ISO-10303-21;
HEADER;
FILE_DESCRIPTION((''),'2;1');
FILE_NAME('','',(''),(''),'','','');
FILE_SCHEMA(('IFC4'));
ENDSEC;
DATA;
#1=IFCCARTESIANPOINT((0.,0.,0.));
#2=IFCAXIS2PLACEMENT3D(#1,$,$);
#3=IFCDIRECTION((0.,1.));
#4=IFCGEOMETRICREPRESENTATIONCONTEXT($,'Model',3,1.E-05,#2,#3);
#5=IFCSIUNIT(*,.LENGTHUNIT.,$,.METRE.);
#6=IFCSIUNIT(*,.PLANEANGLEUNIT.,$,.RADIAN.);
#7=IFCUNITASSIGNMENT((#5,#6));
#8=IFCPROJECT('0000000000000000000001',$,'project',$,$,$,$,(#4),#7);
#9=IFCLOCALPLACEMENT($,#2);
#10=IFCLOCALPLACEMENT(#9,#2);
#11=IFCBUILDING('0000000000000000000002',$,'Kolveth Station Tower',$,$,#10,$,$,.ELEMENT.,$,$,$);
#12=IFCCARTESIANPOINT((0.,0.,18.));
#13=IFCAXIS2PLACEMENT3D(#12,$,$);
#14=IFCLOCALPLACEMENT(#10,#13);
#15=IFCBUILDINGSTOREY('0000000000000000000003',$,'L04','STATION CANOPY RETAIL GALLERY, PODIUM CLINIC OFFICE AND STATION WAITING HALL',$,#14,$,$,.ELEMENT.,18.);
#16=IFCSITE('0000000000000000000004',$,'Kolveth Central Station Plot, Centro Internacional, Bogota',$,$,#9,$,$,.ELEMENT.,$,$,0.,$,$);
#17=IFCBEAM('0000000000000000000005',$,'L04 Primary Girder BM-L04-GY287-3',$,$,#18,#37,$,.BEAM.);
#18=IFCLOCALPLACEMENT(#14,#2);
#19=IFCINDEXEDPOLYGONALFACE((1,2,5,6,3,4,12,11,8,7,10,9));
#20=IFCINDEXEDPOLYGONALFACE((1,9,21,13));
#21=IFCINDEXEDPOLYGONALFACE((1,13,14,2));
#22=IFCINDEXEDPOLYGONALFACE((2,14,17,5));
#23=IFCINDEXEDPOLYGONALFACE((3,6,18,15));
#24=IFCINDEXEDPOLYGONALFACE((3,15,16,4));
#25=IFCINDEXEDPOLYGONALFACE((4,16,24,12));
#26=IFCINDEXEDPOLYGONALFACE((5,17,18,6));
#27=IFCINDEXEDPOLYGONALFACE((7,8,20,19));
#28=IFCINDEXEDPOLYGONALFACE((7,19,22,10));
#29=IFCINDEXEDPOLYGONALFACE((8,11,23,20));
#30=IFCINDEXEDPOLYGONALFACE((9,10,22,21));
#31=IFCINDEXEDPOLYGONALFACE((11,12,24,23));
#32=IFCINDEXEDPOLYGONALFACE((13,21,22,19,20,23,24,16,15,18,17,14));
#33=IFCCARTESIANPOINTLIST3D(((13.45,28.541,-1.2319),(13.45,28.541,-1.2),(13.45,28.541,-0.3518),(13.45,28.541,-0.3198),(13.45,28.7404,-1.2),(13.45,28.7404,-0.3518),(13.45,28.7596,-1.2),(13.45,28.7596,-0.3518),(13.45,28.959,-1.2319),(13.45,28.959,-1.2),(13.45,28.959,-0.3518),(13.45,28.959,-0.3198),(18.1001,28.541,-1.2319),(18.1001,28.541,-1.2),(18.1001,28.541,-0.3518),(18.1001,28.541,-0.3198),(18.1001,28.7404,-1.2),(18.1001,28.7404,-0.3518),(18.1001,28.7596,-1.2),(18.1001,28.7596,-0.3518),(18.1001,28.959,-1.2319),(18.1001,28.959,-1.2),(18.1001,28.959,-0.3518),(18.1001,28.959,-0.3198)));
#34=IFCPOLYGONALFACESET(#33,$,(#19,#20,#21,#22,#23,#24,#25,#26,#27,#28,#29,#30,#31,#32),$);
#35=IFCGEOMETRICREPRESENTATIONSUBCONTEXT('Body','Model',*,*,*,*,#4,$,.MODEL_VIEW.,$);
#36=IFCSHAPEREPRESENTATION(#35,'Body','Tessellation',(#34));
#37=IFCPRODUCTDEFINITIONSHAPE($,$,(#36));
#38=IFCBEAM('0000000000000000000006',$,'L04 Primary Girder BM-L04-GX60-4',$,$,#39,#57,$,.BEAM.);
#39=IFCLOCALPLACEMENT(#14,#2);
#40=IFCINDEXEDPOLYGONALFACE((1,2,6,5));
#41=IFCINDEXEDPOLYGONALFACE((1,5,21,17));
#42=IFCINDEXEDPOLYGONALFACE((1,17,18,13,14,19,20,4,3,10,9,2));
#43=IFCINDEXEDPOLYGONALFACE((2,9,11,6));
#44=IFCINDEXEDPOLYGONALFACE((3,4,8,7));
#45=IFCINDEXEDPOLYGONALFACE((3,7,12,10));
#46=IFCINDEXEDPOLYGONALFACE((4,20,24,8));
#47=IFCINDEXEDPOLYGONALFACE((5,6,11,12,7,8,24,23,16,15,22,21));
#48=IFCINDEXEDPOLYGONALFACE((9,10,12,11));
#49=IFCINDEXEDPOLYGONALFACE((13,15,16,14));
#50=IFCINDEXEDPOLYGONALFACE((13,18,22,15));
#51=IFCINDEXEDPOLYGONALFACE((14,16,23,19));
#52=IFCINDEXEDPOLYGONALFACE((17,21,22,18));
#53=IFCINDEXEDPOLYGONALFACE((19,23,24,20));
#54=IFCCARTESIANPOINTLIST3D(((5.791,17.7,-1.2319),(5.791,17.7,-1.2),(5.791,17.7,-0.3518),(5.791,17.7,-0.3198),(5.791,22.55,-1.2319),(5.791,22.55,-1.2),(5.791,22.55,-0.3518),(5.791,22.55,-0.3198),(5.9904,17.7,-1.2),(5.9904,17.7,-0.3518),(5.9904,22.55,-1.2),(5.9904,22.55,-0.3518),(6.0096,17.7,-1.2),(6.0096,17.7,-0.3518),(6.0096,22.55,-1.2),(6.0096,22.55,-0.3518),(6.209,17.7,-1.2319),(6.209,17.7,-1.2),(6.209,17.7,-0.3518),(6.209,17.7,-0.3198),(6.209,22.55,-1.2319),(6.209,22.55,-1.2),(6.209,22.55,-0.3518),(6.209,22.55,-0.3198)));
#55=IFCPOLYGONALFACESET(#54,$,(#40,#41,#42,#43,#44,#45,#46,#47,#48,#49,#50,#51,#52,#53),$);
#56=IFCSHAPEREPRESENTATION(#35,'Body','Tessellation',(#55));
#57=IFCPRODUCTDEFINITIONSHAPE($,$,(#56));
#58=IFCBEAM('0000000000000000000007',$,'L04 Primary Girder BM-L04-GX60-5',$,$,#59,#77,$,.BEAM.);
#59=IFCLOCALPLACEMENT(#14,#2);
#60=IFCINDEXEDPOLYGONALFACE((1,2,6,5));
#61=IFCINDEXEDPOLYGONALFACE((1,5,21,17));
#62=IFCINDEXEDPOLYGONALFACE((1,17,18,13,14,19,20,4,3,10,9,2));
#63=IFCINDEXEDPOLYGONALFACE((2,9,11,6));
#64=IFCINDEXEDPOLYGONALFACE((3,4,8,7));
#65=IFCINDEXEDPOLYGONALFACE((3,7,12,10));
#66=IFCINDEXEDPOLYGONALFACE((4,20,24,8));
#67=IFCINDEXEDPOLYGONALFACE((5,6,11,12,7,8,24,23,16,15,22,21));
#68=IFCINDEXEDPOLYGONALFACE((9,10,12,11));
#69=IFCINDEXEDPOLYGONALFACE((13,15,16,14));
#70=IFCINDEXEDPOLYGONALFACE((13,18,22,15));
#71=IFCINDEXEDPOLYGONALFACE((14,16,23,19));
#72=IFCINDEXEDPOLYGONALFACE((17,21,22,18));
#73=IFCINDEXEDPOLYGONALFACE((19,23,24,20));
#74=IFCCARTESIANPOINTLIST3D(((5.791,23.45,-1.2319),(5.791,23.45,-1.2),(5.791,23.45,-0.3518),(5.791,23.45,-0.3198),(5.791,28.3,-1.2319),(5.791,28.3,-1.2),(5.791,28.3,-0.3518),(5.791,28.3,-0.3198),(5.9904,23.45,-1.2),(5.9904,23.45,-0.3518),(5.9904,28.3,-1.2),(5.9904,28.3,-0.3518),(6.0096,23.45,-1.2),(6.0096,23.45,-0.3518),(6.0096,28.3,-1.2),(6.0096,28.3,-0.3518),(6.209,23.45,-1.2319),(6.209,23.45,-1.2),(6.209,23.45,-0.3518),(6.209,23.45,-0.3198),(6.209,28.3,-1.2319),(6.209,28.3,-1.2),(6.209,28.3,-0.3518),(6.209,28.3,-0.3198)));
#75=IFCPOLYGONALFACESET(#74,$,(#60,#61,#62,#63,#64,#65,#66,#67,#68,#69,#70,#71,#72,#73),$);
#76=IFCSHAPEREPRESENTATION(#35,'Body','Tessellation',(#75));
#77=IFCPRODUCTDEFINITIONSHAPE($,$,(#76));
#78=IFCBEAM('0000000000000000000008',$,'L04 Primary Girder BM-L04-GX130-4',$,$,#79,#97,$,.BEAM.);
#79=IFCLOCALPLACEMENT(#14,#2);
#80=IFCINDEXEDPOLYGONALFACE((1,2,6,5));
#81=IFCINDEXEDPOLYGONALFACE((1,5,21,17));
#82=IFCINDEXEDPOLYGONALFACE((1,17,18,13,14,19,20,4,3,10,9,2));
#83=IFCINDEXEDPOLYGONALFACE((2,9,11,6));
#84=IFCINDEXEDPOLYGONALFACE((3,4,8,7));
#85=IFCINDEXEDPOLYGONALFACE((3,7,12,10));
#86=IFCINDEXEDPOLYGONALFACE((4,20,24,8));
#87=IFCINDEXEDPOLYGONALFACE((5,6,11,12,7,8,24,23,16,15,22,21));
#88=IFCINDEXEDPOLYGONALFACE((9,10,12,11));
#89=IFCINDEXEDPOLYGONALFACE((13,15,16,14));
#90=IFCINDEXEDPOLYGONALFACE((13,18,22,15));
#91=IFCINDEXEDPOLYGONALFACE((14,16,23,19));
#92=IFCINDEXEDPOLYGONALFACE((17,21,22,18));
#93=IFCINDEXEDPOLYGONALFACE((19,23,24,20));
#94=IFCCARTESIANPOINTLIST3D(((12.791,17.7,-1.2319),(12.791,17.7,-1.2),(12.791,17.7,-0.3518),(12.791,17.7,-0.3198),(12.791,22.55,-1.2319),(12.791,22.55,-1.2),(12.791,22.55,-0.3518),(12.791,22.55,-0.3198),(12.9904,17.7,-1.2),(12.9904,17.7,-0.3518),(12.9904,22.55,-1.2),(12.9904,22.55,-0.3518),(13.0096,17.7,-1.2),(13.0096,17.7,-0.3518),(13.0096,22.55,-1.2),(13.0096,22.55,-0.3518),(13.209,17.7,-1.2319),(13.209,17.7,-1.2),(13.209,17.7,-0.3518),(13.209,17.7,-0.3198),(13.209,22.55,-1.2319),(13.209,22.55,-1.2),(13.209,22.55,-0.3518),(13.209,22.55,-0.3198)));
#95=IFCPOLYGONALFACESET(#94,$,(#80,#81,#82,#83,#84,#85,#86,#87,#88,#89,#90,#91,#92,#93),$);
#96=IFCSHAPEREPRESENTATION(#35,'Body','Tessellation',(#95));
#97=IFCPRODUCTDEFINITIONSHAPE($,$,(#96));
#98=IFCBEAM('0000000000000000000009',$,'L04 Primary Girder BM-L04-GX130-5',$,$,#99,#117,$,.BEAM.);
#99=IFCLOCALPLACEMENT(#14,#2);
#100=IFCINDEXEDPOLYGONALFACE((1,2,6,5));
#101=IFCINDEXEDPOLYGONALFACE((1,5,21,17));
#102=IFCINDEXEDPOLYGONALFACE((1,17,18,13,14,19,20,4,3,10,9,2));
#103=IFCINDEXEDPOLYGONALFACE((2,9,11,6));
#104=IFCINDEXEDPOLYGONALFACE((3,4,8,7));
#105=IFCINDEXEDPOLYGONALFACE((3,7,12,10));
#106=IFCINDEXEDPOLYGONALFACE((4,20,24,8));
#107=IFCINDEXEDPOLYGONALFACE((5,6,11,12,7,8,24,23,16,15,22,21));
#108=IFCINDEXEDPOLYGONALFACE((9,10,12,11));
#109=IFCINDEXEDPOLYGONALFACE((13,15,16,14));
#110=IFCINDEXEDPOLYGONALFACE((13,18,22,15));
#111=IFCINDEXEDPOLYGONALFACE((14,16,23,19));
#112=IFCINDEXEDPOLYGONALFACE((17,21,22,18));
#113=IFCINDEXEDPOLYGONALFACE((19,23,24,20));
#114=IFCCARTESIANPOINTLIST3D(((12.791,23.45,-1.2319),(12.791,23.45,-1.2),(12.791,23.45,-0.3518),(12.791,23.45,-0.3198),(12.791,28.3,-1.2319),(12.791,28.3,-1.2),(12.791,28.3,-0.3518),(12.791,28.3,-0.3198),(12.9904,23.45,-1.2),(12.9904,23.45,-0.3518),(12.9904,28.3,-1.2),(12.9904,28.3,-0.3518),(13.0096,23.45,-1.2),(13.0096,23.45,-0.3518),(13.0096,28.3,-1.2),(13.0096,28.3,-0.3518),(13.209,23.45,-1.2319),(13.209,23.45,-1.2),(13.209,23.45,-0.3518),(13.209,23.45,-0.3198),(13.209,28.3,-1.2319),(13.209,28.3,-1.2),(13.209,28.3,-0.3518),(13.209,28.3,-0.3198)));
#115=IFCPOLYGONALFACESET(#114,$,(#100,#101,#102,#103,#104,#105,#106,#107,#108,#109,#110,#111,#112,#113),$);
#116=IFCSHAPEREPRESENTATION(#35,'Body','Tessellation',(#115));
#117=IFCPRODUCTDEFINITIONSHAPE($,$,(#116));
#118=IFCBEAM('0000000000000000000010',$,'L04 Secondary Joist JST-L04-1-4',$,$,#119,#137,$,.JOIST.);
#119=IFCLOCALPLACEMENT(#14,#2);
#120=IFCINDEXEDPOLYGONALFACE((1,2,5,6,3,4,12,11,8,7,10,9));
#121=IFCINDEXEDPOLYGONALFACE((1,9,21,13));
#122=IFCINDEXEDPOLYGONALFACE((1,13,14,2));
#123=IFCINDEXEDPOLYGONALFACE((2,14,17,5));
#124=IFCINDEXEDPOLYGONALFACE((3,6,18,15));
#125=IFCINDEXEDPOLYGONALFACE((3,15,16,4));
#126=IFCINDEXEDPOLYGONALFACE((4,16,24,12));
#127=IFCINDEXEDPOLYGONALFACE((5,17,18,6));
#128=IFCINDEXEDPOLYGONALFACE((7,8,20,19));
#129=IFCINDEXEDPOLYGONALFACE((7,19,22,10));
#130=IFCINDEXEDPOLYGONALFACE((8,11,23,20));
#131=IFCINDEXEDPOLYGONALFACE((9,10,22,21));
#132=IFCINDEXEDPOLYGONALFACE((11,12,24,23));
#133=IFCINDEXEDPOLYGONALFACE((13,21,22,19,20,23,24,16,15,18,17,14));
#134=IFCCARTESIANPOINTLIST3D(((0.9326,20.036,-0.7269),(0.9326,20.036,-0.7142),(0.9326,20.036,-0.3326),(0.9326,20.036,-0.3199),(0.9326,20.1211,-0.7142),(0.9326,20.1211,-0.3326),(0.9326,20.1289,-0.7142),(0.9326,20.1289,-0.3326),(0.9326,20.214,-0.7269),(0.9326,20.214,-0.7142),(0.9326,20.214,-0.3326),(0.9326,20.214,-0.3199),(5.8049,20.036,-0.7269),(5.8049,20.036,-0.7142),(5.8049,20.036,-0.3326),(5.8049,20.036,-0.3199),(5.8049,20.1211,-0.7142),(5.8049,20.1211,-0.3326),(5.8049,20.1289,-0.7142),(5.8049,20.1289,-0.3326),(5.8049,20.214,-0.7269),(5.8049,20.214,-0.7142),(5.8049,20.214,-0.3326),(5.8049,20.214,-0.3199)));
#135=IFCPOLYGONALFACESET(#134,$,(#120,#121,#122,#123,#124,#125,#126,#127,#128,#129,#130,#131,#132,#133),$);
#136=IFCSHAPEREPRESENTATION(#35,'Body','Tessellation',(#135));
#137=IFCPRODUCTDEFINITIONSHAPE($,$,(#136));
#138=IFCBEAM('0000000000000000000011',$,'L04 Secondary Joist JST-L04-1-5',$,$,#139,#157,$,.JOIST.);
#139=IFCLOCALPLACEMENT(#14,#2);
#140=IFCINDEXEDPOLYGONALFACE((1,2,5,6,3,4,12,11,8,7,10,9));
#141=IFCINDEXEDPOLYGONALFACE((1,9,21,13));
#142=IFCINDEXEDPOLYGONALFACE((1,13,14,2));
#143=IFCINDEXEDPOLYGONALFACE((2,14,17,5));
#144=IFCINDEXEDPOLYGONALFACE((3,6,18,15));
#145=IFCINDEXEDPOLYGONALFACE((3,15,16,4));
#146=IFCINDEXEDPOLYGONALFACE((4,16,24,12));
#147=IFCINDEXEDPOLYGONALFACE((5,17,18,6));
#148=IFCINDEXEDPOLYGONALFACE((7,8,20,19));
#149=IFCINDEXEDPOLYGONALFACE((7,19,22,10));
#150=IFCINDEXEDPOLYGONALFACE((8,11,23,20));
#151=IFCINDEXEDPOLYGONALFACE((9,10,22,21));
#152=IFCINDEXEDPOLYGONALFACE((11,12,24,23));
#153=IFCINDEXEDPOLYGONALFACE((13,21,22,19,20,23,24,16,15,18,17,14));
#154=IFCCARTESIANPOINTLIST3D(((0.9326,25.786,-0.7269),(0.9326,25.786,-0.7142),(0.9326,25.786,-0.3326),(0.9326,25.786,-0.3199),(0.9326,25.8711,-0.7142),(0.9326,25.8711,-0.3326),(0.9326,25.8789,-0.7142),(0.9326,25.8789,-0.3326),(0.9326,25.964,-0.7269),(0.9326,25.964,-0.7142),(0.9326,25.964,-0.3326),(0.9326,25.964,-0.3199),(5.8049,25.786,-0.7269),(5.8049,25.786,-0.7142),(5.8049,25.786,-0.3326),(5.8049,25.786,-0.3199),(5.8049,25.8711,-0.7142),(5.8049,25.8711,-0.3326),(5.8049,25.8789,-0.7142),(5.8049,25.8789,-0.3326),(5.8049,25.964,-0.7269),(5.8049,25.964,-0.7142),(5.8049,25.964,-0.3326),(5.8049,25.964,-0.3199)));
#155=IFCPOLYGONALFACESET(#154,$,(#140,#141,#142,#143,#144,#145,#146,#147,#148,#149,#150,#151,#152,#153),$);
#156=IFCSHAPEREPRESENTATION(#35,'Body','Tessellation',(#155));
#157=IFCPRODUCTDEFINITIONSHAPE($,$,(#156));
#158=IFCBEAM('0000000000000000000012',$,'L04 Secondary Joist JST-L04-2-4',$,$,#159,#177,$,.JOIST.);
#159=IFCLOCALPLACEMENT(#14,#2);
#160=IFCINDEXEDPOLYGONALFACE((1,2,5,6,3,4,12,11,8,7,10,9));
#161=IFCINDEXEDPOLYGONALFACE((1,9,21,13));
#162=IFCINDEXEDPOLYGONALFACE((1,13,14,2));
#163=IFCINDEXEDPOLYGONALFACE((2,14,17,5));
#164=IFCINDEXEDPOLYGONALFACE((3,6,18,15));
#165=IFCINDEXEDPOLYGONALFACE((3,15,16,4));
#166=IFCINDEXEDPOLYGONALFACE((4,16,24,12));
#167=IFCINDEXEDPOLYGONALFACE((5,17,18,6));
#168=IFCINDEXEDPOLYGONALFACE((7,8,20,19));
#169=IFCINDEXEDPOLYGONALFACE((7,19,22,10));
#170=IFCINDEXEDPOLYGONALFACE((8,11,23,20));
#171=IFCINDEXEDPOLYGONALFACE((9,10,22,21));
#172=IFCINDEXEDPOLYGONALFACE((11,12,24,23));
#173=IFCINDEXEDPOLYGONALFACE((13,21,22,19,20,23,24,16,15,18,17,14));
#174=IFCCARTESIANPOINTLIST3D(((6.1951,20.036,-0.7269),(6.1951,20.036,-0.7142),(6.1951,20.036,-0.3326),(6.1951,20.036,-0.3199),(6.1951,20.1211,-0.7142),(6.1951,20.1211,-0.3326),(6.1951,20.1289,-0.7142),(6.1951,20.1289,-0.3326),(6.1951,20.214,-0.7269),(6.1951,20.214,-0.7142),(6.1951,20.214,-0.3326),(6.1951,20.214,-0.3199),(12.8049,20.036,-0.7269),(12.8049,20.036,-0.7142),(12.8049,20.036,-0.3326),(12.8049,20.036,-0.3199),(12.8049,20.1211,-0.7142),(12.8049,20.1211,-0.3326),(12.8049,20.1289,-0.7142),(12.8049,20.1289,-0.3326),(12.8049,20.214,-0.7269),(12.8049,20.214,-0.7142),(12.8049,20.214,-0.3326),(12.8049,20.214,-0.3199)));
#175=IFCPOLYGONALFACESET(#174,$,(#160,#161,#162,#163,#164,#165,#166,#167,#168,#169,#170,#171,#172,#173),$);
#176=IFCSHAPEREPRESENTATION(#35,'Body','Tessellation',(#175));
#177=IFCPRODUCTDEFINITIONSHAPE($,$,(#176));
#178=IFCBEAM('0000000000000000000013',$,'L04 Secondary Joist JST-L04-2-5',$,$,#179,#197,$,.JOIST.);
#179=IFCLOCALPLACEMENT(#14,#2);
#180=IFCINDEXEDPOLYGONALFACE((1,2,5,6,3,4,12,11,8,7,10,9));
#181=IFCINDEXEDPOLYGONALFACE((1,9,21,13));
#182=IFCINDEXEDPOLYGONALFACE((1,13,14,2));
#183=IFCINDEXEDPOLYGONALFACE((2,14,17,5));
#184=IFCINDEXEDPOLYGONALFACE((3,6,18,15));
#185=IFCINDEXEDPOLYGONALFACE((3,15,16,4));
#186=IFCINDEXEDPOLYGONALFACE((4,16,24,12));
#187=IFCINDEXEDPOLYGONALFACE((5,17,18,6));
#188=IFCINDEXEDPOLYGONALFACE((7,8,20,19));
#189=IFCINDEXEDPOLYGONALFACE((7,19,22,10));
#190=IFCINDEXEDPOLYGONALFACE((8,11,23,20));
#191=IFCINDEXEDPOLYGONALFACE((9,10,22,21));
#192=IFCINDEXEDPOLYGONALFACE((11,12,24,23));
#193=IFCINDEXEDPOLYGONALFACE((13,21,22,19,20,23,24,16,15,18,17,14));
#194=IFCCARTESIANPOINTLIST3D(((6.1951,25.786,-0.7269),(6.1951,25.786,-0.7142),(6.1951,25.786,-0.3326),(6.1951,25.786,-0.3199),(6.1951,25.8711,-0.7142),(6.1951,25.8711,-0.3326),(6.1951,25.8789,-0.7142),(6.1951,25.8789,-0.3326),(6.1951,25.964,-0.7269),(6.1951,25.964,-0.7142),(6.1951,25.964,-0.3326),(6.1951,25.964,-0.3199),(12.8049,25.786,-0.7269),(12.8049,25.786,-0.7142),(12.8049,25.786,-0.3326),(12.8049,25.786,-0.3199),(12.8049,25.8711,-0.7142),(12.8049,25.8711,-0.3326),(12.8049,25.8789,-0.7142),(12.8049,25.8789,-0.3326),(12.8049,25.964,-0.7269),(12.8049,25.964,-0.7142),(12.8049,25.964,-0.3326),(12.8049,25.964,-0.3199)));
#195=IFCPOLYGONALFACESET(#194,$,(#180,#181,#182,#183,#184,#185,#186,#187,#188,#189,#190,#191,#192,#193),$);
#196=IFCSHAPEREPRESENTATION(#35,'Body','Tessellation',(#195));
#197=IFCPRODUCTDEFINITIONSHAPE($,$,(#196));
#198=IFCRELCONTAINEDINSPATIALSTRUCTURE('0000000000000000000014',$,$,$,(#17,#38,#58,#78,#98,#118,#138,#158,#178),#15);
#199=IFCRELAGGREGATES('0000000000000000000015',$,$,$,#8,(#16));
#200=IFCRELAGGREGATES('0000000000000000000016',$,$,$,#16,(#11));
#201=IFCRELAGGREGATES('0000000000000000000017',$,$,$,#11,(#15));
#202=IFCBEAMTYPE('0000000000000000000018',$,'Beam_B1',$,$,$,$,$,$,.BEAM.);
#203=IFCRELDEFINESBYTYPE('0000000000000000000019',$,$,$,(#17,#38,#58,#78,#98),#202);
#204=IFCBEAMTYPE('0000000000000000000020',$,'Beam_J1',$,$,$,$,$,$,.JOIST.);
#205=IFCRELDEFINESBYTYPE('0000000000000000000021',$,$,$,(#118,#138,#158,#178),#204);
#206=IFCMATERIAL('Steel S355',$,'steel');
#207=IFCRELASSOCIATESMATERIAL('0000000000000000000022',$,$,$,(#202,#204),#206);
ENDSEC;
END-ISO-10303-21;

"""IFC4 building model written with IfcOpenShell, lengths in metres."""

from ifc_helpers import new_model, si_unit, direction, frame, origin, origin_2d, place, context, subcontext, project, spatial, i_section, extrude, source, transform, mapped, material, material_profile, profile_set, type_object, element, save


model = new_model("IFC4")

# Units and contexts
model_context = context("Model", 3, precision=1e-05, world=origin(), true_north=direction((0.0, 1.0)))
body_context = subcontext(model_context, "Body", "Model", "MODEL_VIEW")
ifc_project = project(units=[si_unit("LENGTHUNIT", "METRE"), si_unit("PLANEANGLEUNIT", "RADIAN")], contexts=[model_context])

# Site, building, storey
site_placement = place(None, origin())
site = spatial("IfcSite", under=ifc_project, at=site_placement, Name="Kolveth Central Station Plot, Centro Internacional, Bogota", CompositionType="ELEMENT", RefElevation=0.0)
building_placement = place(site_placement, origin())
building = spatial("IfcBuilding", under=site, at=building_placement, Name="Kolveth Station Tower", CompositionType="ELEMENT")
storey_placement = place(building_placement, frame((0.0, 0.0, 18.0)))
storey = spatial("IfcBuildingStorey", under=building, at=storey_placement, Name="L04", Description="STATION CANOPY RETAIL GALLERY, PODIUM CLINIC OFFICE AND STATION WAITING HALL", CompositionType="ELEMENT", Elevation=18.0)

# Beams
ifc_material_1 = material(Name="Steel S355", Category="steel")
ifc_material_profile_1 = material_profile(ifc_material_1, i_section(OverallWidth=0.418, OverallDepth=0.9121, WebThickness=0.0193, FlangeThickness=0.032, at=origin_2d()), Name="W920x342")
ifc_profile_set_1 = profile_set([ifc_material_profile_1], Name="Steel S355")
beam_type_1 = type_object("IfcBeamType", Name="Beam_B1", PredefinedType="BEAM", material=ifc_profile_set_1)
shared_shape_1 = source(origin(), body_context, "Body", "SweptSolid", [
    extrude(i_section(OverallWidth=0.418, OverallDepth=0.9121, WebThickness=0.0193, FlangeThickness=0.032, at=origin_2d()), origin(), (0.0, 0.0, 1.0), 4.6501),
])
for number, where, z_axis, x_axis, name in (
    (1, (13.45, 28.75, -0.7759), (1.0, 0.0, 0.0), (0.0, 1.0, 0.0), "L04 Primary Girder BM-L04-GY287-3"),
):
    element("IfcBeam", number, at=place(storey_placement, frame(where, z_axis=z_axis, x_axis=x_axis)), inside=storey, type_object=beam_type_1, Name=name, PredefinedType="BEAM", context=body_context, shape_type="MappedRepresentation", body=[
        mapped(shared_shape_1, transform((0.0, 0.0, 0.0), x_axis=(1.0, 0.0, 0.0), y_axis=(0.0, 1.0, 0.0), z_axis=(0.0, 0.0, 1.0), scale=1.0)),
    ])
shared_shape_2 = source(origin(), body_context, "Body", "SweptSolid", [
    extrude(i_section(OverallWidth=0.418, OverallDepth=0.9121, WebThickness=0.0193, FlangeThickness=0.032, at=origin_2d()), origin(), (0.0, 0.0, 1.0), 4.8501),
])
for number, where, z_axis, x_axis, name in (
    (2, (6.0, 17.7, -0.7759), (0.0, 1.0, 0.0), (-1.0, 0.0, 0.0), "L04 Primary Girder BM-L04-GX60-4"),
    (3, (6.0, 23.45, -0.7759), (0.0, 1.0, 0.0), (-1.0, 0.0, 0.0), "L04 Primary Girder BM-L04-GX60-5"),
    (4, (13.0, 17.7, -0.7759), (0.0, 1.0, 0.0), (-1.0, 0.0, 0.0), "L04 Primary Girder BM-L04-GX130-4"),
    (5, (13.0, 23.45, -0.7759), (0.0, 1.0, 0.0), (-1.0, 0.0, 0.0), "L04 Primary Girder BM-L04-GX130-5"),
):
    element("IfcBeam", number, at=place(storey_placement, frame(where, z_axis=z_axis, x_axis=x_axis)), inside=storey, type_object=beam_type_1, Name=name, PredefinedType="BEAM", context=body_context, shape_type="MappedRepresentation", body=[
        mapped(shared_shape_2, transform((0.0, 0.0, 0.0), x_axis=(1.0, 0.0, 0.0), y_axis=(0.0, 1.0, 0.0), z_axis=(0.0, 0.0, 1.0), scale=1.0)),
    ])
ifc_material_profile_2 = material_profile(ifc_material_1, i_section(OverallWidth=0.178, OverallDepth=0.407, WebThickness=0.0078, FlangeThickness=0.0127, at=origin_2d()), Name="W410x60")
ifc_profile_set_2 = profile_set([ifc_material_profile_2], Name="Steel S355")
beam_type_2 = type_object("IfcBeamType", Name="Beam_J1", PredefinedType="JOIST", material=ifc_profile_set_2)
shared_shape_3 = source(origin(), body_context, "Body", "SweptSolid", [
    extrude(i_section(OverallWidth=0.178, OverallDepth=0.407, WebThickness=0.0078, FlangeThickness=0.0127, at=origin_2d()), origin(), (0.0, 0.0, 1.0), 4.8723),
])
for number, where, z_axis, x_axis, name in (
    (6, (0.9326, 20.125, -0.5234), (1.0, 0.0, 0.0), (0.0, 1.0, 0.0), "L04 Secondary Joist JST-L04-1-4"),
    (7, (0.9326, 25.875, -0.5234), (1.0, 0.0, 0.0), (0.0, 1.0, 0.0), "L04 Secondary Joist JST-L04-1-5"),
):
    element("IfcBeam", number, at=place(storey_placement, frame(where, z_axis=z_axis, x_axis=x_axis)), inside=storey, type_object=beam_type_2, Name=name, PredefinedType="JOIST", context=body_context, shape_type="MappedRepresentation", body=[
        mapped(shared_shape_3, transform((0.0, 0.0, 0.0), x_axis=(1.0, 0.0, 0.0), y_axis=(0.0, 1.0, 0.0), z_axis=(0.0, 0.0, 1.0), scale=1.0)),
    ])
shared_shape_4 = source(origin(), body_context, "Body", "SweptSolid", [
    extrude(i_section(OverallWidth=0.178, OverallDepth=0.407, WebThickness=0.0078, FlangeThickness=0.0127, at=origin_2d()), origin(), (0.0, 0.0, 1.0), 6.6099),
])
for number, where, z_axis, x_axis, name in (
    (8, (6.1951, 20.125, -0.5234), (1.0, 0.0, 0.0), (0.0, 1.0, 0.0), "L04 Secondary Joist JST-L04-2-4"),
    (9, (6.1951, 25.875, -0.5234), (1.0, 0.0, 0.0), (0.0, 1.0, 0.0), "L04 Secondary Joist JST-L04-2-5"),
):
    element("IfcBeam", number, at=place(storey_placement, frame(where, z_axis=z_axis, x_axis=x_axis)), inside=storey, type_object=beam_type_2, Name=name, PredefinedType="JOIST", context=body_context, shape_type="MappedRepresentation", body=[
        mapped(shared_shape_4, transform((0.0, 0.0, 0.0), x_axis=(1.0, 0.0, 0.0), y_axis=(0.0, 1.0, 0.0), z_axis=(0.0, 0.0, 1.0), scale=1.0)),
    ])

save(model, "model.ifc")
